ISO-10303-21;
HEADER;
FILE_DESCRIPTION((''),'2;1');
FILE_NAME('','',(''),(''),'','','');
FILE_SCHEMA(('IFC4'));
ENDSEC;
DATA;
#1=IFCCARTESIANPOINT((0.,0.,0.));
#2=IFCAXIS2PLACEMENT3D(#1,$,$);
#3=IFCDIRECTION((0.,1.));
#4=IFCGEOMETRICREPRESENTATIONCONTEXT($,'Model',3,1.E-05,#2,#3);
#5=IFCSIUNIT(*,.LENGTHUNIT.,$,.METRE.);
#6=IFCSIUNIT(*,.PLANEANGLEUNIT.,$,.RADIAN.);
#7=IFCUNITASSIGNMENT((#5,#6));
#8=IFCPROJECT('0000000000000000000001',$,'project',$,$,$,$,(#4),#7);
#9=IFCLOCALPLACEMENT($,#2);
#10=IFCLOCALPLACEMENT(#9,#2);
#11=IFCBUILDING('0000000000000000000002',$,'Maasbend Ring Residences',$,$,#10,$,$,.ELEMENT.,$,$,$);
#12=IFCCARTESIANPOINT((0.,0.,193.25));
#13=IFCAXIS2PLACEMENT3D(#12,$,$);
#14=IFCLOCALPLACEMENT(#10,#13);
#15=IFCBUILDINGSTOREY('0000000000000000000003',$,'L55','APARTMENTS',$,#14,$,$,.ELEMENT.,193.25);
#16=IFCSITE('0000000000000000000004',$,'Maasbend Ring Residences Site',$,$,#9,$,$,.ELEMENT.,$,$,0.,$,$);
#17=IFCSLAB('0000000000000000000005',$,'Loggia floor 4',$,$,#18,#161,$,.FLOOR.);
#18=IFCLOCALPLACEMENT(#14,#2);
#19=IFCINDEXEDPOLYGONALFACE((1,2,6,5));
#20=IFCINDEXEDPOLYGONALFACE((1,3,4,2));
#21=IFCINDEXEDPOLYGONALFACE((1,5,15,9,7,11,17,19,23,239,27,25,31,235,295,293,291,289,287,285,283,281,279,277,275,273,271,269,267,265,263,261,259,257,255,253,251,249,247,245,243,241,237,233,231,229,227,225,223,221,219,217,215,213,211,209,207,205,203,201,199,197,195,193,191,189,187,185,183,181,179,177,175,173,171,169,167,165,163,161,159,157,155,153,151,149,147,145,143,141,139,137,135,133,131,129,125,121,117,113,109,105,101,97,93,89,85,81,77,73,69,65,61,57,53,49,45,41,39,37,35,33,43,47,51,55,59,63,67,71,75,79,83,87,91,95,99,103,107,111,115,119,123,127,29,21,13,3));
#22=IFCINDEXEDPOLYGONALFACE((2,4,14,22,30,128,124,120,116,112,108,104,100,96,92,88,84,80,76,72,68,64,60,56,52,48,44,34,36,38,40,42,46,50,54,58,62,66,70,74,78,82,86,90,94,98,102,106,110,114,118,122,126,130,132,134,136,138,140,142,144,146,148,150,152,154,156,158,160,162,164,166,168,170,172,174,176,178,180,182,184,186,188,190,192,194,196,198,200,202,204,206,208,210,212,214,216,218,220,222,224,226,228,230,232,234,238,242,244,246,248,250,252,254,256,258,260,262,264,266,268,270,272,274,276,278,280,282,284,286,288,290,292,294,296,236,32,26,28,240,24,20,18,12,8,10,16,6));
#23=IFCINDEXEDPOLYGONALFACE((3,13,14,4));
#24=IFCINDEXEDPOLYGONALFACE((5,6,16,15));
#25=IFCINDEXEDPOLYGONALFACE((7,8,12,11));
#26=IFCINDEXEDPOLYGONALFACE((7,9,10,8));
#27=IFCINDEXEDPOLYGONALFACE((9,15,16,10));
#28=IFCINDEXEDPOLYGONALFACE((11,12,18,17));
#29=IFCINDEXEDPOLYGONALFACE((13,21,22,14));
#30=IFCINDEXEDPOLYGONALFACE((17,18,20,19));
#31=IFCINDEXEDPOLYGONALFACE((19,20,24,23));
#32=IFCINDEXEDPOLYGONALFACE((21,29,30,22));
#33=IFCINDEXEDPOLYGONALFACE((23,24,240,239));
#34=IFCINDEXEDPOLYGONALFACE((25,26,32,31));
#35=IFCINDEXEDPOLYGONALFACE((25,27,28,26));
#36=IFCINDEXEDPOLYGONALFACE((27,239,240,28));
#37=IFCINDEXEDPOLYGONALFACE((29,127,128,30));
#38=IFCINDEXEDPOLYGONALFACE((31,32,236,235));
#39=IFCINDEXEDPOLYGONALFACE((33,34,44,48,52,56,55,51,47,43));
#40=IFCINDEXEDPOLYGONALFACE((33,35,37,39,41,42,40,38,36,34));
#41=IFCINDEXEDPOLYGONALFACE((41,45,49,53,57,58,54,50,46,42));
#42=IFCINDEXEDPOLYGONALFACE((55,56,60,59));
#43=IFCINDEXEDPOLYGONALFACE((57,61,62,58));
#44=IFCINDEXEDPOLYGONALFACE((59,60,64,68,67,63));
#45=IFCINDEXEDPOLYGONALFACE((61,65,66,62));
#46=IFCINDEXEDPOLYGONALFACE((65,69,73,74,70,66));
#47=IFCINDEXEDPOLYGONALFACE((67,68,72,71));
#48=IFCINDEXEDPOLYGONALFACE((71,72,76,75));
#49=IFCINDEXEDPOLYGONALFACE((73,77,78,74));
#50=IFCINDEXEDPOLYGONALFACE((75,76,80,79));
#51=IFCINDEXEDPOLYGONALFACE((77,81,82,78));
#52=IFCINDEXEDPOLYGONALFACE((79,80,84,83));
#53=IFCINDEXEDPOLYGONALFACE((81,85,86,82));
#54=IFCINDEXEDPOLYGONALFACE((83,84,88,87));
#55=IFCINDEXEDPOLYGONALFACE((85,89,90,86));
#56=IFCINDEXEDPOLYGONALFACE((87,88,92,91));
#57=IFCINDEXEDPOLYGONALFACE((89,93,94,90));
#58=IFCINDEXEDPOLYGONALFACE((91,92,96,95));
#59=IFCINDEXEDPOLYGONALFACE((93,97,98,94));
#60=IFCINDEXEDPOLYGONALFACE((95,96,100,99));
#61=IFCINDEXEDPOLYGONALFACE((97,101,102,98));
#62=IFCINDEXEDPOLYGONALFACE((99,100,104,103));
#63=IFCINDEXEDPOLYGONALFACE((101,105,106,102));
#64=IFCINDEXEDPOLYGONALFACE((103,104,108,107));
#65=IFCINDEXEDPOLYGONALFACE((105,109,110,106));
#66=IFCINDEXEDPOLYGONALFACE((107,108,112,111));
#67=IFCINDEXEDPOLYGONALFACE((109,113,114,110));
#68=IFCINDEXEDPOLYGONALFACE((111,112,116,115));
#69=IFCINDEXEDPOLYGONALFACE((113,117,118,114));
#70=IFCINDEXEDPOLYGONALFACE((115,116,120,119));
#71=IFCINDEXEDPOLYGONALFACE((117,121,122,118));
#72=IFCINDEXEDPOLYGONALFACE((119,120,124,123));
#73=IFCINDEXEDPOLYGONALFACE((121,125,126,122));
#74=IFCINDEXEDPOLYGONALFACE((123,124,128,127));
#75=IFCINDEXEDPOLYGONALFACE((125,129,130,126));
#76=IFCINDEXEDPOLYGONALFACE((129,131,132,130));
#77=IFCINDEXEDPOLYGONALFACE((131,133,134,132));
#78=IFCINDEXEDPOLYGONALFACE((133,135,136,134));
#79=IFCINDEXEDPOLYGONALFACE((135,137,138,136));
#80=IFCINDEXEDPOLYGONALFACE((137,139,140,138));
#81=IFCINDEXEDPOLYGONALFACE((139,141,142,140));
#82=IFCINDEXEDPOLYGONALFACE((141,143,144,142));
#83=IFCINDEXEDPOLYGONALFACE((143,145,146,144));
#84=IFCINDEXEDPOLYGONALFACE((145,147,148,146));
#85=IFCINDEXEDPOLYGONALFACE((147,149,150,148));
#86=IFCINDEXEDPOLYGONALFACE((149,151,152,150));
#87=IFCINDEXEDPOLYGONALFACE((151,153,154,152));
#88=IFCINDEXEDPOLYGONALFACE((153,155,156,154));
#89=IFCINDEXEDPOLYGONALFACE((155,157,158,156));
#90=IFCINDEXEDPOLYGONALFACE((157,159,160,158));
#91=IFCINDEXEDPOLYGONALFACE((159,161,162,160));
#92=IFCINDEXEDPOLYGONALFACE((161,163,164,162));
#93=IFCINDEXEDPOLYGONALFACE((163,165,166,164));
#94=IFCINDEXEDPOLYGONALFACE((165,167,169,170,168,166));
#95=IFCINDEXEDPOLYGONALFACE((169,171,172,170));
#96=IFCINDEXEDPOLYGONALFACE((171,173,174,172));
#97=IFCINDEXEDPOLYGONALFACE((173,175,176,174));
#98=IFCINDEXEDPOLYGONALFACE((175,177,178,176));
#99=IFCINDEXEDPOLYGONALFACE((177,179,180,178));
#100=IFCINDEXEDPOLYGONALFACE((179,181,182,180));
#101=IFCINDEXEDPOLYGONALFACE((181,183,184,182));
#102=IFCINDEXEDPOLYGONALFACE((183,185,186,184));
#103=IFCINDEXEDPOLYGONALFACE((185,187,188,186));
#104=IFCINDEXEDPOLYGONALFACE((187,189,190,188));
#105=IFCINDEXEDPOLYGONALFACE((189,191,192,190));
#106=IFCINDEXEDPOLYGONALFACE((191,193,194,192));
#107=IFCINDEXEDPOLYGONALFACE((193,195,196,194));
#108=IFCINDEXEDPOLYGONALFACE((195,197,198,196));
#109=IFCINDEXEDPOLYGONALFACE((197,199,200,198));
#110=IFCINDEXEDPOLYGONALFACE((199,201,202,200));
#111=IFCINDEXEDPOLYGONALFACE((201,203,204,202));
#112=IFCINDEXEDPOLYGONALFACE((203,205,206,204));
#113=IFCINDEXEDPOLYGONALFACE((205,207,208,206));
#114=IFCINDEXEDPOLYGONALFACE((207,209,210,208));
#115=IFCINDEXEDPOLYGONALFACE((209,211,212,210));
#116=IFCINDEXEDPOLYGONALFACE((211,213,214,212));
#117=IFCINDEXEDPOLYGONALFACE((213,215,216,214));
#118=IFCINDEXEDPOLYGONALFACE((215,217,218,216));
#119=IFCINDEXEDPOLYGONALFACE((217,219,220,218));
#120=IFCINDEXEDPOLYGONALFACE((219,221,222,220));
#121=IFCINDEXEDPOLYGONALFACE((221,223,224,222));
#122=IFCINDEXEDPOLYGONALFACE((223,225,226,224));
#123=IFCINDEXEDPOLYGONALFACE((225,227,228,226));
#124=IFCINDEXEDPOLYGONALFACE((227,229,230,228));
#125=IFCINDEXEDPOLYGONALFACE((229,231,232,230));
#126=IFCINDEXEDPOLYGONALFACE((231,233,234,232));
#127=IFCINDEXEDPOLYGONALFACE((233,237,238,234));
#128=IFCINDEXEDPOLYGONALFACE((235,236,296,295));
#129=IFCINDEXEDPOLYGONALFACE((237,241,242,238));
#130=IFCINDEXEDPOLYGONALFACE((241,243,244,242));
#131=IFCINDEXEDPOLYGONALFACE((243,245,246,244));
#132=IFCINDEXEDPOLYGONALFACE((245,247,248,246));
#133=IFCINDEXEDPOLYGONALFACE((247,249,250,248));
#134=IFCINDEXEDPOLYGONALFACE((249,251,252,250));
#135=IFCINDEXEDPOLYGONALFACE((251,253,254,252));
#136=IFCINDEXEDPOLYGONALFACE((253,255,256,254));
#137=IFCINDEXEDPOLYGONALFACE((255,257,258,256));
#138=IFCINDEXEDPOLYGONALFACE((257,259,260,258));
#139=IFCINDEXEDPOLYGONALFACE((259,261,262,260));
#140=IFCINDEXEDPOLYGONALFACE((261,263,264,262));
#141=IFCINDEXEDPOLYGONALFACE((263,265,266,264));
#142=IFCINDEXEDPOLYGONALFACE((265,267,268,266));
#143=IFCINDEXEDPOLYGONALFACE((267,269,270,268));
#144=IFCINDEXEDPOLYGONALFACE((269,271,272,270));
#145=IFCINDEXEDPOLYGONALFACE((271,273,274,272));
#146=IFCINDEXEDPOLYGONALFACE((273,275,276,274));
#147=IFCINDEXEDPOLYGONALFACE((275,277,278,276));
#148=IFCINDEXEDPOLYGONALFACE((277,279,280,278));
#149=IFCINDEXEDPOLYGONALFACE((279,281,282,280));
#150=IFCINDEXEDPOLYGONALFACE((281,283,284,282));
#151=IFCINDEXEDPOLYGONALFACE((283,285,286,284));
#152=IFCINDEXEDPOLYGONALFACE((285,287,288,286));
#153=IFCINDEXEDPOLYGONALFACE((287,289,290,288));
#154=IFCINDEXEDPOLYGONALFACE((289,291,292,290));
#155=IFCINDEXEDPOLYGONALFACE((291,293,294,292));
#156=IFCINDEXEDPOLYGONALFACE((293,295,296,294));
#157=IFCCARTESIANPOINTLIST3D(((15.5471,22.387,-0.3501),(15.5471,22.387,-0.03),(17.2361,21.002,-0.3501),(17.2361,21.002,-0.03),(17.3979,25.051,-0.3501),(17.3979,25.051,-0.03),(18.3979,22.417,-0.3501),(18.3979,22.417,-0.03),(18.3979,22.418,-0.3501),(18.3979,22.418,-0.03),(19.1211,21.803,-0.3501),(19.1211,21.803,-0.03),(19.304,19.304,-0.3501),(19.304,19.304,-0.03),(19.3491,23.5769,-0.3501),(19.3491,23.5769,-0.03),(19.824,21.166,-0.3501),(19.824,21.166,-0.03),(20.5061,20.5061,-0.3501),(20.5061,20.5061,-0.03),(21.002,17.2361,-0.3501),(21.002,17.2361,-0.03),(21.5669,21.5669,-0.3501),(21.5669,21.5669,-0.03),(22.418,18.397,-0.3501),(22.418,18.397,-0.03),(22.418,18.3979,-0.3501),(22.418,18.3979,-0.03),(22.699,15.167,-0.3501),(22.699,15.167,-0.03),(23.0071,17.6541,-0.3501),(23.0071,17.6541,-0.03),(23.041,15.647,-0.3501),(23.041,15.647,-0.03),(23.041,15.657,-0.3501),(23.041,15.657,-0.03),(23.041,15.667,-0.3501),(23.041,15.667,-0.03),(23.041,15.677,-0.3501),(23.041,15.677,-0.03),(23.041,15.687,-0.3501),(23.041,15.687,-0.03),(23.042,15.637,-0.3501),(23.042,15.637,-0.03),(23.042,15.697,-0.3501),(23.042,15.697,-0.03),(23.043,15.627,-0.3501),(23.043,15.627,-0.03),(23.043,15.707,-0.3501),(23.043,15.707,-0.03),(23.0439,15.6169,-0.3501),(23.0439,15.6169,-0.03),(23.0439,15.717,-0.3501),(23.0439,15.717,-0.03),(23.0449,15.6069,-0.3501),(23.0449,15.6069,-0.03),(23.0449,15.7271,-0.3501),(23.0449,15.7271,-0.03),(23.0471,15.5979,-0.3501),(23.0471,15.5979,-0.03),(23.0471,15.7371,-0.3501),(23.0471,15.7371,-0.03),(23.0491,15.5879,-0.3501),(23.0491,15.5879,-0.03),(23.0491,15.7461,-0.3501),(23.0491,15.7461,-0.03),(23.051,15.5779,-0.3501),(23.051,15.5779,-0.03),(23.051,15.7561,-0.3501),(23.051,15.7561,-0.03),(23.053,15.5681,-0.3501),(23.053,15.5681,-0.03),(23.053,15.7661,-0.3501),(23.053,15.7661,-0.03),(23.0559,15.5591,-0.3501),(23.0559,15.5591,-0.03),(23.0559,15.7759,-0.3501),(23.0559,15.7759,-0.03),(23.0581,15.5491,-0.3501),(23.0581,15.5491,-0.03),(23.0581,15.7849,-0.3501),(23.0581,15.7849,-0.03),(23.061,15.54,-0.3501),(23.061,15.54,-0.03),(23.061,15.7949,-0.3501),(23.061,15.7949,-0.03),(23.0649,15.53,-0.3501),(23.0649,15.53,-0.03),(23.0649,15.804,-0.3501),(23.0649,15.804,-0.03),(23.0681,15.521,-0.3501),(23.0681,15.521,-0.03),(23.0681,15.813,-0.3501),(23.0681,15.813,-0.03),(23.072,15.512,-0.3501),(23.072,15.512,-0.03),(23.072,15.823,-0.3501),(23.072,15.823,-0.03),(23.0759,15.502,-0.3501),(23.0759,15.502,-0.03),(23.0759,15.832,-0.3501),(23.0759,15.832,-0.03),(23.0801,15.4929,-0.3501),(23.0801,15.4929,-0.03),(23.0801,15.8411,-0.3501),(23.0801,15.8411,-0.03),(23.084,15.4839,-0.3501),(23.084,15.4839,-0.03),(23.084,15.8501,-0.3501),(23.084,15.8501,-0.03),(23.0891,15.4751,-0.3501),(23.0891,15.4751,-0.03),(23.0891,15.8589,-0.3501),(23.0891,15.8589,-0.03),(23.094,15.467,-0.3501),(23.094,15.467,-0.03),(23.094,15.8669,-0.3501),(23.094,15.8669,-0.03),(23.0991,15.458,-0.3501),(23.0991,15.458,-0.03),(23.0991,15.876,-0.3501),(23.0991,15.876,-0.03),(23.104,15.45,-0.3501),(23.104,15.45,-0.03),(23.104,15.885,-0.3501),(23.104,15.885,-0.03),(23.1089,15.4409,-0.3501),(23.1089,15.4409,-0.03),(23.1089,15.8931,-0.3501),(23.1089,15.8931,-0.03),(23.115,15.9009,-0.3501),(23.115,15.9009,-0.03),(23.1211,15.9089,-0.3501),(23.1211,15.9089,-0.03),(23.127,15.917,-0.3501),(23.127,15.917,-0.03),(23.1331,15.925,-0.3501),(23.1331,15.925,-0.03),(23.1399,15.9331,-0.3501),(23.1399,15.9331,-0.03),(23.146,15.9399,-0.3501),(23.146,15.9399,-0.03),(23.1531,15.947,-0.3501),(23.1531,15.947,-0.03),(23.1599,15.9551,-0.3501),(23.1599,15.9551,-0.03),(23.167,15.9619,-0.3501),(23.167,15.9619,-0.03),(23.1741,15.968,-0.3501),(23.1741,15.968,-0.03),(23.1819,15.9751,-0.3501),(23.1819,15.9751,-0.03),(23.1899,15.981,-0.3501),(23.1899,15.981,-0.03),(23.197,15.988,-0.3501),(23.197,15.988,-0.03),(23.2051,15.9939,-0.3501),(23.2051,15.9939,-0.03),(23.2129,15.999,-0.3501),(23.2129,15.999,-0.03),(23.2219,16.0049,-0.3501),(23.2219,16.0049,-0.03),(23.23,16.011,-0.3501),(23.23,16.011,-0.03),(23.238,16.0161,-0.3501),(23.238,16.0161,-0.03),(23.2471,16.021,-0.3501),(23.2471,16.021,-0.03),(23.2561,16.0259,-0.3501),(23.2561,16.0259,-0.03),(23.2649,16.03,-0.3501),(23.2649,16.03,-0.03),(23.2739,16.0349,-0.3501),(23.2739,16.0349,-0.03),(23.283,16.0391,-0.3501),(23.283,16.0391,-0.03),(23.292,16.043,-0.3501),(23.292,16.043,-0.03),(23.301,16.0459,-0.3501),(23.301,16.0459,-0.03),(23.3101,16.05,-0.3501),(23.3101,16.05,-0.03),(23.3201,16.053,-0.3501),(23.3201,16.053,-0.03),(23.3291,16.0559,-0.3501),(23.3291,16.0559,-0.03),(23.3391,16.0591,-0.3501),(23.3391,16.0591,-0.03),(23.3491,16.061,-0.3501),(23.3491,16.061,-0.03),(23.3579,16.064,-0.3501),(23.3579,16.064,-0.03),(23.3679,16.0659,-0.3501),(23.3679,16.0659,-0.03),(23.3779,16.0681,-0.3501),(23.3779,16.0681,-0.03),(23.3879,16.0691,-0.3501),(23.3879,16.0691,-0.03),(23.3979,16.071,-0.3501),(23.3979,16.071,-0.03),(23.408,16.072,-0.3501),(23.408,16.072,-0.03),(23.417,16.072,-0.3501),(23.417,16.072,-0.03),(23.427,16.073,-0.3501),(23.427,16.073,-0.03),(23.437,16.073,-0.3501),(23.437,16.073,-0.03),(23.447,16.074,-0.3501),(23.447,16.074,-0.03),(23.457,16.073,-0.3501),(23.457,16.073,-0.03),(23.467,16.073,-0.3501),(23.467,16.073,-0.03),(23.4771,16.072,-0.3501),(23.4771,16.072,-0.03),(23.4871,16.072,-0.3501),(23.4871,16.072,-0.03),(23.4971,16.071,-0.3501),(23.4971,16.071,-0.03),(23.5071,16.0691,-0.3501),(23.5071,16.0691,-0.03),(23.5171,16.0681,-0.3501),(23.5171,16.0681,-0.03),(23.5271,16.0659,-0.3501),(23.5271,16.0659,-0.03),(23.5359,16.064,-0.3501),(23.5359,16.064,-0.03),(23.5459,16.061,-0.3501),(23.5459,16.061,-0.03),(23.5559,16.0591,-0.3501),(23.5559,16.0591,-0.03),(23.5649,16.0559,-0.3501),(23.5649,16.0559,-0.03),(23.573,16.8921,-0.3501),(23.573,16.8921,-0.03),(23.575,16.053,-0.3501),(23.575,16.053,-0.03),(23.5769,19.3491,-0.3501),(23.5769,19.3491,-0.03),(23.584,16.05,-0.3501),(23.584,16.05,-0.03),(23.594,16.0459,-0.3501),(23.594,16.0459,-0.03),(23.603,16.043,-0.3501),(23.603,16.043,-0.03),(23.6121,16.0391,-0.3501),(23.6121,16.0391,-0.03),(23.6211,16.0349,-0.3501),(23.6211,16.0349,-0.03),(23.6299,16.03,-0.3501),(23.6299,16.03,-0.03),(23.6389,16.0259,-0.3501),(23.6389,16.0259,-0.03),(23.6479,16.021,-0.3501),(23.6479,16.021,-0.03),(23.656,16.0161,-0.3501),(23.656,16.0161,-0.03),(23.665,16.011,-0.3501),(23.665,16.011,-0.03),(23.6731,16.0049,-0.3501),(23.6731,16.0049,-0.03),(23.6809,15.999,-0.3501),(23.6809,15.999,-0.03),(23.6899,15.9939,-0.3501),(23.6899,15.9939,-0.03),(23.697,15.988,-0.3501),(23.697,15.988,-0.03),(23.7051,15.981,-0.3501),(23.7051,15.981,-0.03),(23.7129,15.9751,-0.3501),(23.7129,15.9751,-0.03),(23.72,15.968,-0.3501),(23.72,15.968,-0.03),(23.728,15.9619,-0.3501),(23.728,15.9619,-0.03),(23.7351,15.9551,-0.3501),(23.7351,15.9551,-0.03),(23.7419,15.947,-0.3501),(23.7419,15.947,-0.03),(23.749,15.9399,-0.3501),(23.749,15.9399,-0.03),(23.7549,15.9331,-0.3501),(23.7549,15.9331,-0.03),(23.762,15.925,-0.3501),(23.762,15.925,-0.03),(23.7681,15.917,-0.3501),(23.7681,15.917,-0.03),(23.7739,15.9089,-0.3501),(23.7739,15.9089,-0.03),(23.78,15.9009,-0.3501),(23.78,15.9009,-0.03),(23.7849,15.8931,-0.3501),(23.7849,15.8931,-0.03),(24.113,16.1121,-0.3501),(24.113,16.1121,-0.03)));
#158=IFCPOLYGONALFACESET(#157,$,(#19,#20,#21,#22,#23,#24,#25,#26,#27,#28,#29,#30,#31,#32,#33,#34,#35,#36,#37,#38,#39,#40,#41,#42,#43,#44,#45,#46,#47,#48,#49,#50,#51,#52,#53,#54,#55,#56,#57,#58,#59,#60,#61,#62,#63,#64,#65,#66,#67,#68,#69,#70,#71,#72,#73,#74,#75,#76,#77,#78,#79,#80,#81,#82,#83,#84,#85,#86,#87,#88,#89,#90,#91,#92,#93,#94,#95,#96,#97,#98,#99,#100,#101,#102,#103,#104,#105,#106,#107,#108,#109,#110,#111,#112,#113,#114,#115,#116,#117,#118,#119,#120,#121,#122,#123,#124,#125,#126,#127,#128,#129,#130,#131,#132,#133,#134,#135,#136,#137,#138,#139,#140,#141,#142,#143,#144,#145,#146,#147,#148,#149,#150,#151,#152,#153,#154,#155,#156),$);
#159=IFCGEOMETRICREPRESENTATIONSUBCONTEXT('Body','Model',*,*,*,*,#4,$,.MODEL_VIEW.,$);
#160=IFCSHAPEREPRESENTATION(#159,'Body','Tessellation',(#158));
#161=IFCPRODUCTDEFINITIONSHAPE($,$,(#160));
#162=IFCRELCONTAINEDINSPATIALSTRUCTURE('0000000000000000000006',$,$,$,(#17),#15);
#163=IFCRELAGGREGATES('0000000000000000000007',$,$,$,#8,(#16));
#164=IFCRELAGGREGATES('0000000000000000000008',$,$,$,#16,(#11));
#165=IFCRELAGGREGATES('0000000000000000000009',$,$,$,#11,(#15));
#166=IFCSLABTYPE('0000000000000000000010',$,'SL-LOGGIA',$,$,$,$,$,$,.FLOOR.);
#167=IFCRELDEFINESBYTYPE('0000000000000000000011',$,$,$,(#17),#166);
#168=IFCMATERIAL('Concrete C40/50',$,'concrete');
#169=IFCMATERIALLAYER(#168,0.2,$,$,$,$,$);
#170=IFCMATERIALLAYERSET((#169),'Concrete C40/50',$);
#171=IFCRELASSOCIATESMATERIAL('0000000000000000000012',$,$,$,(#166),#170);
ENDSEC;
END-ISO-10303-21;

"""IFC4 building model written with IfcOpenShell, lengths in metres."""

from ifc_helpers import new_model, si_unit, direction, frame, origin, place, context, subcontext, project, spatial, polyline, outline, extrude, material, layer, layer_set, type_object, element, save


model = new_model("IFC4")

# Units and contexts
model_context = context("Model", 3, precision=1e-05, world=origin(), true_north=direction((0.0, 1.0)))
body_context = subcontext(model_context, "Body", "Model", "MODEL_VIEW")
ifc_project = project(units=[si_unit("LENGTHUNIT", "METRE"), si_unit("PLANEANGLEUNIT", "RADIAN")], contexts=[model_context])

# Site, building, storey
site_placement = place(None, origin())
site = spatial("IfcSite", under=ifc_project, at=site_placement, Name="Maasbend Ring Residences Site", CompositionType="ELEMENT", RefElevation=0.0)
building_placement = place(site_placement, origin())
building = spatial("IfcBuilding", under=site, at=building_placement, Name="Maasbend Ring Residences", CompositionType="ELEMENT")
storey_placement = place(building_placement, frame((0.0, 0.0, 193.25)))
storey = spatial("IfcBuildingStorey", under=building, at=storey_placement, Name="L55", Description="APARTMENTS", CompositionType="ELEMENT", Elevation=193.25)

# Slab
ifc_material_1 = material(Name="Concrete C40/50", Category="concrete")
ifc_layer_1 = layer(ifc_material_1, 0.2)
ifc_layer_set_1 = layer_set([ifc_layer_1], Name="Concrete C40/50")
slab_type_1 = type_object("IfcSlabType", Name="SL-LOGGIA", PredefinedType="FLOOR", material=ifc_layer_set_1)
slab_1_placement = place(storey_placement, frame((0.0, 0.0, -0.3501)))
element("IfcSlab", 1, at=slab_1_placement, inside=storey, type_object=slab_type_1, Name="Loggia floor 4", PredefinedType="FLOOR", context=body_context, shape_type="SweptSolid", body=[
    extrude(outline(polyline([(19.3491, 23.5769), (19.3491, 23.5769), (19.3491, 23.5769), (18.3979, 22.418), (18.3979, 22.418), (18.3979, 22.418), (18.3979, 22.418), (18.3979, 22.418), (18.3979, 22.417), (18.3979, 22.417), (18.3979, 22.417), (18.3979, 22.417), (18.3979, 22.417), (18.3979, 22.417), (18.3979, 22.417), (18.3979, 22.417), (18.3979, 22.417), (18.3979, 22.417), (18.3979, 22.417), (18.3979, 22.417), (19.1211, 21.803), (19.1211, 21.803), (19.824, 21.166), (19.824, 21.166), (20.5061, 20.5061), (20.5061, 20.5061), (20.5061, 20.5061), (20.5061, 20.5061), (20.5061, 20.5061), (20.5061, 20.5061), (20.5061, 20.5061), (20.5061, 20.5061), (20.5061, 20.5061), (20.5061, 20.5061), (20.5061, 20.5061), (20.5061, 20.5061), (20.5061, 20.5061), (20.5061, 20.5061), (20.5061, 20.5061), (20.5061, 20.5061), (20.5061, 20.5061), (21.5669, 21.5669), (21.5669, 21.5669), (21.5669, 21.5669), (23.5769, 19.3491), (23.5769, 19.3491), (23.5769, 19.3491), (22.418, 18.3979), (22.418, 18.3979), (22.418, 18.3979), (22.418, 18.3979), (22.418, 18.3979), (22.418, 18.3979), (22.418, 18.397), (22.418, 18.397), (22.418, 18.397), (22.418, 18.397), (22.418, 18.397), (22.418, 18.397), (22.418, 18.397), (22.418, 18.397), (22.418, 18.397), (22.418, 18.397), (22.418, 18.397), (23.0071, 17.6541), (23.0071, 17.6541), (23.573, 16.8921), (23.573, 16.8921), (24.113, 16.1121), (24.113, 16.1121), (24.113, 16.1121), (23.7849, 15.8931), (23.7849, 15.8931), (23.78, 15.9009), (23.7739, 15.9089), (23.7681, 15.917), (23.762, 15.925), (23.7549, 15.9331), (23.749, 15.9399), (23.7419, 15.947), (23.7351, 15.9551), (23.728, 15.9619), (23.72, 15.968), (23.7129, 15.9751), (23.7051, 15.981), (23.697, 15.988), (23.6899, 15.9939), (23.6809, 15.999), (23.6731, 16.0049), (23.665, 16.011), (23.656, 16.0161), (23.6479, 16.021), (23.6389, 16.0259), (23.6299, 16.03), (23.6211, 16.0349), (23.6121, 16.0391), (23.603, 16.043), (23.594, 16.0459), (23.584, 16.05), (23.575, 16.053), (23.5649, 16.0559), (23.5559, 16.0591), (23.5459, 16.061), (23.5359, 16.064), (23.5271, 16.0659), (23.5171, 16.0681), (23.5071, 16.0691), (23.4971, 16.071), (23.4871, 16.072), (23.4771, 16.072), (23.467, 16.073), (23.457, 16.073), (23.447, 16.074), (23.437, 16.073), (23.427, 16.073), (23.417, 16.072), (23.408, 16.072), (23.3979, 16.071), (23.3879, 16.0691), (23.3779, 16.0681), (23.3679, 16.0659), (23.3579, 16.064), (23.3491, 16.061), (23.3391, 16.0591), (23.3291, 16.0559), (23.3201, 16.053), (23.3101, 16.05), (23.301, 16.0459), (23.292, 16.043), (23.283, 16.0391), (23.2739, 16.0349), (23.2649, 16.03), (23.2561, 16.0259), (23.2471, 16.021), (23.238, 16.0161), (23.23, 16.011), (23.2219, 16.0049), (23.2129, 15.999), (23.2051, 15.9939), (23.197, 15.988), (23.1899, 15.981), (23.1819, 15.9751), (23.1741, 15.968), (23.167, 15.9619), (23.1599, 15.9551), (23.1531, 15.947), (23.146, 15.9399), (23.1399, 15.9331), (23.1331, 15.925), (23.127, 15.917), (23.1211, 15.9089), (23.115, 15.9009), (23.1089, 15.8931), (23.104, 15.885), (23.0991, 15.876), (23.094, 15.8669), (23.0891, 15.8589), (23.084, 15.8501), (23.0801, 15.8411), (23.0759, 15.832), (23.072, 15.823), (23.0681, 15.813), (23.0649, 15.804), (23.061, 15.7949), (23.0581, 15.7849), (23.0559, 15.7759), (23.053, 15.7661), (23.051, 15.7561), (23.0491, 15.7461), (23.0471, 15.7371), (23.0449, 15.7271), (23.0439, 15.717), (23.043, 15.707), (23.042, 15.697), (23.041, 15.687), (23.041, 15.677), (23.041, 15.667), (23.041, 15.657), (23.041, 15.647), (23.042, 15.637), (23.043, 15.627), (23.0439, 15.6169), (23.0449, 15.6069), (23.0471, 15.5979), (23.0491, 15.5879), (23.051, 15.5779), (23.053, 15.5681), (23.0559, 15.5591), (23.0581, 15.5491), (23.061, 15.54), (23.0649, 15.53), (23.0681, 15.521), (23.072, 15.512), (23.0759, 15.502), (23.0801, 15.4929), (23.084, 15.4839), (23.0891, 15.4751), (23.094, 15.467), (23.0991, 15.458), (23.104, 15.45), (23.1089, 15.4409), (23.1089, 15.4409), (22.699, 15.167), (22.699, 15.167), (22.699, 15.167), (21.002, 17.2361), (19.304, 19.304), (19.304, 19.304), (19.304, 19.304), (17.2361, 21.002), (15.5471, 22.387), (15.5471, 22.387), (15.5471, 22.387), (17.3979, 25.051), (17.3979, 25.051), (17.3979, 25.051), (19.3491, 23.5769)])), origin(), (0.0, 0.0, 1.0), 0.3201),
])

save(model, "model.ifc")
